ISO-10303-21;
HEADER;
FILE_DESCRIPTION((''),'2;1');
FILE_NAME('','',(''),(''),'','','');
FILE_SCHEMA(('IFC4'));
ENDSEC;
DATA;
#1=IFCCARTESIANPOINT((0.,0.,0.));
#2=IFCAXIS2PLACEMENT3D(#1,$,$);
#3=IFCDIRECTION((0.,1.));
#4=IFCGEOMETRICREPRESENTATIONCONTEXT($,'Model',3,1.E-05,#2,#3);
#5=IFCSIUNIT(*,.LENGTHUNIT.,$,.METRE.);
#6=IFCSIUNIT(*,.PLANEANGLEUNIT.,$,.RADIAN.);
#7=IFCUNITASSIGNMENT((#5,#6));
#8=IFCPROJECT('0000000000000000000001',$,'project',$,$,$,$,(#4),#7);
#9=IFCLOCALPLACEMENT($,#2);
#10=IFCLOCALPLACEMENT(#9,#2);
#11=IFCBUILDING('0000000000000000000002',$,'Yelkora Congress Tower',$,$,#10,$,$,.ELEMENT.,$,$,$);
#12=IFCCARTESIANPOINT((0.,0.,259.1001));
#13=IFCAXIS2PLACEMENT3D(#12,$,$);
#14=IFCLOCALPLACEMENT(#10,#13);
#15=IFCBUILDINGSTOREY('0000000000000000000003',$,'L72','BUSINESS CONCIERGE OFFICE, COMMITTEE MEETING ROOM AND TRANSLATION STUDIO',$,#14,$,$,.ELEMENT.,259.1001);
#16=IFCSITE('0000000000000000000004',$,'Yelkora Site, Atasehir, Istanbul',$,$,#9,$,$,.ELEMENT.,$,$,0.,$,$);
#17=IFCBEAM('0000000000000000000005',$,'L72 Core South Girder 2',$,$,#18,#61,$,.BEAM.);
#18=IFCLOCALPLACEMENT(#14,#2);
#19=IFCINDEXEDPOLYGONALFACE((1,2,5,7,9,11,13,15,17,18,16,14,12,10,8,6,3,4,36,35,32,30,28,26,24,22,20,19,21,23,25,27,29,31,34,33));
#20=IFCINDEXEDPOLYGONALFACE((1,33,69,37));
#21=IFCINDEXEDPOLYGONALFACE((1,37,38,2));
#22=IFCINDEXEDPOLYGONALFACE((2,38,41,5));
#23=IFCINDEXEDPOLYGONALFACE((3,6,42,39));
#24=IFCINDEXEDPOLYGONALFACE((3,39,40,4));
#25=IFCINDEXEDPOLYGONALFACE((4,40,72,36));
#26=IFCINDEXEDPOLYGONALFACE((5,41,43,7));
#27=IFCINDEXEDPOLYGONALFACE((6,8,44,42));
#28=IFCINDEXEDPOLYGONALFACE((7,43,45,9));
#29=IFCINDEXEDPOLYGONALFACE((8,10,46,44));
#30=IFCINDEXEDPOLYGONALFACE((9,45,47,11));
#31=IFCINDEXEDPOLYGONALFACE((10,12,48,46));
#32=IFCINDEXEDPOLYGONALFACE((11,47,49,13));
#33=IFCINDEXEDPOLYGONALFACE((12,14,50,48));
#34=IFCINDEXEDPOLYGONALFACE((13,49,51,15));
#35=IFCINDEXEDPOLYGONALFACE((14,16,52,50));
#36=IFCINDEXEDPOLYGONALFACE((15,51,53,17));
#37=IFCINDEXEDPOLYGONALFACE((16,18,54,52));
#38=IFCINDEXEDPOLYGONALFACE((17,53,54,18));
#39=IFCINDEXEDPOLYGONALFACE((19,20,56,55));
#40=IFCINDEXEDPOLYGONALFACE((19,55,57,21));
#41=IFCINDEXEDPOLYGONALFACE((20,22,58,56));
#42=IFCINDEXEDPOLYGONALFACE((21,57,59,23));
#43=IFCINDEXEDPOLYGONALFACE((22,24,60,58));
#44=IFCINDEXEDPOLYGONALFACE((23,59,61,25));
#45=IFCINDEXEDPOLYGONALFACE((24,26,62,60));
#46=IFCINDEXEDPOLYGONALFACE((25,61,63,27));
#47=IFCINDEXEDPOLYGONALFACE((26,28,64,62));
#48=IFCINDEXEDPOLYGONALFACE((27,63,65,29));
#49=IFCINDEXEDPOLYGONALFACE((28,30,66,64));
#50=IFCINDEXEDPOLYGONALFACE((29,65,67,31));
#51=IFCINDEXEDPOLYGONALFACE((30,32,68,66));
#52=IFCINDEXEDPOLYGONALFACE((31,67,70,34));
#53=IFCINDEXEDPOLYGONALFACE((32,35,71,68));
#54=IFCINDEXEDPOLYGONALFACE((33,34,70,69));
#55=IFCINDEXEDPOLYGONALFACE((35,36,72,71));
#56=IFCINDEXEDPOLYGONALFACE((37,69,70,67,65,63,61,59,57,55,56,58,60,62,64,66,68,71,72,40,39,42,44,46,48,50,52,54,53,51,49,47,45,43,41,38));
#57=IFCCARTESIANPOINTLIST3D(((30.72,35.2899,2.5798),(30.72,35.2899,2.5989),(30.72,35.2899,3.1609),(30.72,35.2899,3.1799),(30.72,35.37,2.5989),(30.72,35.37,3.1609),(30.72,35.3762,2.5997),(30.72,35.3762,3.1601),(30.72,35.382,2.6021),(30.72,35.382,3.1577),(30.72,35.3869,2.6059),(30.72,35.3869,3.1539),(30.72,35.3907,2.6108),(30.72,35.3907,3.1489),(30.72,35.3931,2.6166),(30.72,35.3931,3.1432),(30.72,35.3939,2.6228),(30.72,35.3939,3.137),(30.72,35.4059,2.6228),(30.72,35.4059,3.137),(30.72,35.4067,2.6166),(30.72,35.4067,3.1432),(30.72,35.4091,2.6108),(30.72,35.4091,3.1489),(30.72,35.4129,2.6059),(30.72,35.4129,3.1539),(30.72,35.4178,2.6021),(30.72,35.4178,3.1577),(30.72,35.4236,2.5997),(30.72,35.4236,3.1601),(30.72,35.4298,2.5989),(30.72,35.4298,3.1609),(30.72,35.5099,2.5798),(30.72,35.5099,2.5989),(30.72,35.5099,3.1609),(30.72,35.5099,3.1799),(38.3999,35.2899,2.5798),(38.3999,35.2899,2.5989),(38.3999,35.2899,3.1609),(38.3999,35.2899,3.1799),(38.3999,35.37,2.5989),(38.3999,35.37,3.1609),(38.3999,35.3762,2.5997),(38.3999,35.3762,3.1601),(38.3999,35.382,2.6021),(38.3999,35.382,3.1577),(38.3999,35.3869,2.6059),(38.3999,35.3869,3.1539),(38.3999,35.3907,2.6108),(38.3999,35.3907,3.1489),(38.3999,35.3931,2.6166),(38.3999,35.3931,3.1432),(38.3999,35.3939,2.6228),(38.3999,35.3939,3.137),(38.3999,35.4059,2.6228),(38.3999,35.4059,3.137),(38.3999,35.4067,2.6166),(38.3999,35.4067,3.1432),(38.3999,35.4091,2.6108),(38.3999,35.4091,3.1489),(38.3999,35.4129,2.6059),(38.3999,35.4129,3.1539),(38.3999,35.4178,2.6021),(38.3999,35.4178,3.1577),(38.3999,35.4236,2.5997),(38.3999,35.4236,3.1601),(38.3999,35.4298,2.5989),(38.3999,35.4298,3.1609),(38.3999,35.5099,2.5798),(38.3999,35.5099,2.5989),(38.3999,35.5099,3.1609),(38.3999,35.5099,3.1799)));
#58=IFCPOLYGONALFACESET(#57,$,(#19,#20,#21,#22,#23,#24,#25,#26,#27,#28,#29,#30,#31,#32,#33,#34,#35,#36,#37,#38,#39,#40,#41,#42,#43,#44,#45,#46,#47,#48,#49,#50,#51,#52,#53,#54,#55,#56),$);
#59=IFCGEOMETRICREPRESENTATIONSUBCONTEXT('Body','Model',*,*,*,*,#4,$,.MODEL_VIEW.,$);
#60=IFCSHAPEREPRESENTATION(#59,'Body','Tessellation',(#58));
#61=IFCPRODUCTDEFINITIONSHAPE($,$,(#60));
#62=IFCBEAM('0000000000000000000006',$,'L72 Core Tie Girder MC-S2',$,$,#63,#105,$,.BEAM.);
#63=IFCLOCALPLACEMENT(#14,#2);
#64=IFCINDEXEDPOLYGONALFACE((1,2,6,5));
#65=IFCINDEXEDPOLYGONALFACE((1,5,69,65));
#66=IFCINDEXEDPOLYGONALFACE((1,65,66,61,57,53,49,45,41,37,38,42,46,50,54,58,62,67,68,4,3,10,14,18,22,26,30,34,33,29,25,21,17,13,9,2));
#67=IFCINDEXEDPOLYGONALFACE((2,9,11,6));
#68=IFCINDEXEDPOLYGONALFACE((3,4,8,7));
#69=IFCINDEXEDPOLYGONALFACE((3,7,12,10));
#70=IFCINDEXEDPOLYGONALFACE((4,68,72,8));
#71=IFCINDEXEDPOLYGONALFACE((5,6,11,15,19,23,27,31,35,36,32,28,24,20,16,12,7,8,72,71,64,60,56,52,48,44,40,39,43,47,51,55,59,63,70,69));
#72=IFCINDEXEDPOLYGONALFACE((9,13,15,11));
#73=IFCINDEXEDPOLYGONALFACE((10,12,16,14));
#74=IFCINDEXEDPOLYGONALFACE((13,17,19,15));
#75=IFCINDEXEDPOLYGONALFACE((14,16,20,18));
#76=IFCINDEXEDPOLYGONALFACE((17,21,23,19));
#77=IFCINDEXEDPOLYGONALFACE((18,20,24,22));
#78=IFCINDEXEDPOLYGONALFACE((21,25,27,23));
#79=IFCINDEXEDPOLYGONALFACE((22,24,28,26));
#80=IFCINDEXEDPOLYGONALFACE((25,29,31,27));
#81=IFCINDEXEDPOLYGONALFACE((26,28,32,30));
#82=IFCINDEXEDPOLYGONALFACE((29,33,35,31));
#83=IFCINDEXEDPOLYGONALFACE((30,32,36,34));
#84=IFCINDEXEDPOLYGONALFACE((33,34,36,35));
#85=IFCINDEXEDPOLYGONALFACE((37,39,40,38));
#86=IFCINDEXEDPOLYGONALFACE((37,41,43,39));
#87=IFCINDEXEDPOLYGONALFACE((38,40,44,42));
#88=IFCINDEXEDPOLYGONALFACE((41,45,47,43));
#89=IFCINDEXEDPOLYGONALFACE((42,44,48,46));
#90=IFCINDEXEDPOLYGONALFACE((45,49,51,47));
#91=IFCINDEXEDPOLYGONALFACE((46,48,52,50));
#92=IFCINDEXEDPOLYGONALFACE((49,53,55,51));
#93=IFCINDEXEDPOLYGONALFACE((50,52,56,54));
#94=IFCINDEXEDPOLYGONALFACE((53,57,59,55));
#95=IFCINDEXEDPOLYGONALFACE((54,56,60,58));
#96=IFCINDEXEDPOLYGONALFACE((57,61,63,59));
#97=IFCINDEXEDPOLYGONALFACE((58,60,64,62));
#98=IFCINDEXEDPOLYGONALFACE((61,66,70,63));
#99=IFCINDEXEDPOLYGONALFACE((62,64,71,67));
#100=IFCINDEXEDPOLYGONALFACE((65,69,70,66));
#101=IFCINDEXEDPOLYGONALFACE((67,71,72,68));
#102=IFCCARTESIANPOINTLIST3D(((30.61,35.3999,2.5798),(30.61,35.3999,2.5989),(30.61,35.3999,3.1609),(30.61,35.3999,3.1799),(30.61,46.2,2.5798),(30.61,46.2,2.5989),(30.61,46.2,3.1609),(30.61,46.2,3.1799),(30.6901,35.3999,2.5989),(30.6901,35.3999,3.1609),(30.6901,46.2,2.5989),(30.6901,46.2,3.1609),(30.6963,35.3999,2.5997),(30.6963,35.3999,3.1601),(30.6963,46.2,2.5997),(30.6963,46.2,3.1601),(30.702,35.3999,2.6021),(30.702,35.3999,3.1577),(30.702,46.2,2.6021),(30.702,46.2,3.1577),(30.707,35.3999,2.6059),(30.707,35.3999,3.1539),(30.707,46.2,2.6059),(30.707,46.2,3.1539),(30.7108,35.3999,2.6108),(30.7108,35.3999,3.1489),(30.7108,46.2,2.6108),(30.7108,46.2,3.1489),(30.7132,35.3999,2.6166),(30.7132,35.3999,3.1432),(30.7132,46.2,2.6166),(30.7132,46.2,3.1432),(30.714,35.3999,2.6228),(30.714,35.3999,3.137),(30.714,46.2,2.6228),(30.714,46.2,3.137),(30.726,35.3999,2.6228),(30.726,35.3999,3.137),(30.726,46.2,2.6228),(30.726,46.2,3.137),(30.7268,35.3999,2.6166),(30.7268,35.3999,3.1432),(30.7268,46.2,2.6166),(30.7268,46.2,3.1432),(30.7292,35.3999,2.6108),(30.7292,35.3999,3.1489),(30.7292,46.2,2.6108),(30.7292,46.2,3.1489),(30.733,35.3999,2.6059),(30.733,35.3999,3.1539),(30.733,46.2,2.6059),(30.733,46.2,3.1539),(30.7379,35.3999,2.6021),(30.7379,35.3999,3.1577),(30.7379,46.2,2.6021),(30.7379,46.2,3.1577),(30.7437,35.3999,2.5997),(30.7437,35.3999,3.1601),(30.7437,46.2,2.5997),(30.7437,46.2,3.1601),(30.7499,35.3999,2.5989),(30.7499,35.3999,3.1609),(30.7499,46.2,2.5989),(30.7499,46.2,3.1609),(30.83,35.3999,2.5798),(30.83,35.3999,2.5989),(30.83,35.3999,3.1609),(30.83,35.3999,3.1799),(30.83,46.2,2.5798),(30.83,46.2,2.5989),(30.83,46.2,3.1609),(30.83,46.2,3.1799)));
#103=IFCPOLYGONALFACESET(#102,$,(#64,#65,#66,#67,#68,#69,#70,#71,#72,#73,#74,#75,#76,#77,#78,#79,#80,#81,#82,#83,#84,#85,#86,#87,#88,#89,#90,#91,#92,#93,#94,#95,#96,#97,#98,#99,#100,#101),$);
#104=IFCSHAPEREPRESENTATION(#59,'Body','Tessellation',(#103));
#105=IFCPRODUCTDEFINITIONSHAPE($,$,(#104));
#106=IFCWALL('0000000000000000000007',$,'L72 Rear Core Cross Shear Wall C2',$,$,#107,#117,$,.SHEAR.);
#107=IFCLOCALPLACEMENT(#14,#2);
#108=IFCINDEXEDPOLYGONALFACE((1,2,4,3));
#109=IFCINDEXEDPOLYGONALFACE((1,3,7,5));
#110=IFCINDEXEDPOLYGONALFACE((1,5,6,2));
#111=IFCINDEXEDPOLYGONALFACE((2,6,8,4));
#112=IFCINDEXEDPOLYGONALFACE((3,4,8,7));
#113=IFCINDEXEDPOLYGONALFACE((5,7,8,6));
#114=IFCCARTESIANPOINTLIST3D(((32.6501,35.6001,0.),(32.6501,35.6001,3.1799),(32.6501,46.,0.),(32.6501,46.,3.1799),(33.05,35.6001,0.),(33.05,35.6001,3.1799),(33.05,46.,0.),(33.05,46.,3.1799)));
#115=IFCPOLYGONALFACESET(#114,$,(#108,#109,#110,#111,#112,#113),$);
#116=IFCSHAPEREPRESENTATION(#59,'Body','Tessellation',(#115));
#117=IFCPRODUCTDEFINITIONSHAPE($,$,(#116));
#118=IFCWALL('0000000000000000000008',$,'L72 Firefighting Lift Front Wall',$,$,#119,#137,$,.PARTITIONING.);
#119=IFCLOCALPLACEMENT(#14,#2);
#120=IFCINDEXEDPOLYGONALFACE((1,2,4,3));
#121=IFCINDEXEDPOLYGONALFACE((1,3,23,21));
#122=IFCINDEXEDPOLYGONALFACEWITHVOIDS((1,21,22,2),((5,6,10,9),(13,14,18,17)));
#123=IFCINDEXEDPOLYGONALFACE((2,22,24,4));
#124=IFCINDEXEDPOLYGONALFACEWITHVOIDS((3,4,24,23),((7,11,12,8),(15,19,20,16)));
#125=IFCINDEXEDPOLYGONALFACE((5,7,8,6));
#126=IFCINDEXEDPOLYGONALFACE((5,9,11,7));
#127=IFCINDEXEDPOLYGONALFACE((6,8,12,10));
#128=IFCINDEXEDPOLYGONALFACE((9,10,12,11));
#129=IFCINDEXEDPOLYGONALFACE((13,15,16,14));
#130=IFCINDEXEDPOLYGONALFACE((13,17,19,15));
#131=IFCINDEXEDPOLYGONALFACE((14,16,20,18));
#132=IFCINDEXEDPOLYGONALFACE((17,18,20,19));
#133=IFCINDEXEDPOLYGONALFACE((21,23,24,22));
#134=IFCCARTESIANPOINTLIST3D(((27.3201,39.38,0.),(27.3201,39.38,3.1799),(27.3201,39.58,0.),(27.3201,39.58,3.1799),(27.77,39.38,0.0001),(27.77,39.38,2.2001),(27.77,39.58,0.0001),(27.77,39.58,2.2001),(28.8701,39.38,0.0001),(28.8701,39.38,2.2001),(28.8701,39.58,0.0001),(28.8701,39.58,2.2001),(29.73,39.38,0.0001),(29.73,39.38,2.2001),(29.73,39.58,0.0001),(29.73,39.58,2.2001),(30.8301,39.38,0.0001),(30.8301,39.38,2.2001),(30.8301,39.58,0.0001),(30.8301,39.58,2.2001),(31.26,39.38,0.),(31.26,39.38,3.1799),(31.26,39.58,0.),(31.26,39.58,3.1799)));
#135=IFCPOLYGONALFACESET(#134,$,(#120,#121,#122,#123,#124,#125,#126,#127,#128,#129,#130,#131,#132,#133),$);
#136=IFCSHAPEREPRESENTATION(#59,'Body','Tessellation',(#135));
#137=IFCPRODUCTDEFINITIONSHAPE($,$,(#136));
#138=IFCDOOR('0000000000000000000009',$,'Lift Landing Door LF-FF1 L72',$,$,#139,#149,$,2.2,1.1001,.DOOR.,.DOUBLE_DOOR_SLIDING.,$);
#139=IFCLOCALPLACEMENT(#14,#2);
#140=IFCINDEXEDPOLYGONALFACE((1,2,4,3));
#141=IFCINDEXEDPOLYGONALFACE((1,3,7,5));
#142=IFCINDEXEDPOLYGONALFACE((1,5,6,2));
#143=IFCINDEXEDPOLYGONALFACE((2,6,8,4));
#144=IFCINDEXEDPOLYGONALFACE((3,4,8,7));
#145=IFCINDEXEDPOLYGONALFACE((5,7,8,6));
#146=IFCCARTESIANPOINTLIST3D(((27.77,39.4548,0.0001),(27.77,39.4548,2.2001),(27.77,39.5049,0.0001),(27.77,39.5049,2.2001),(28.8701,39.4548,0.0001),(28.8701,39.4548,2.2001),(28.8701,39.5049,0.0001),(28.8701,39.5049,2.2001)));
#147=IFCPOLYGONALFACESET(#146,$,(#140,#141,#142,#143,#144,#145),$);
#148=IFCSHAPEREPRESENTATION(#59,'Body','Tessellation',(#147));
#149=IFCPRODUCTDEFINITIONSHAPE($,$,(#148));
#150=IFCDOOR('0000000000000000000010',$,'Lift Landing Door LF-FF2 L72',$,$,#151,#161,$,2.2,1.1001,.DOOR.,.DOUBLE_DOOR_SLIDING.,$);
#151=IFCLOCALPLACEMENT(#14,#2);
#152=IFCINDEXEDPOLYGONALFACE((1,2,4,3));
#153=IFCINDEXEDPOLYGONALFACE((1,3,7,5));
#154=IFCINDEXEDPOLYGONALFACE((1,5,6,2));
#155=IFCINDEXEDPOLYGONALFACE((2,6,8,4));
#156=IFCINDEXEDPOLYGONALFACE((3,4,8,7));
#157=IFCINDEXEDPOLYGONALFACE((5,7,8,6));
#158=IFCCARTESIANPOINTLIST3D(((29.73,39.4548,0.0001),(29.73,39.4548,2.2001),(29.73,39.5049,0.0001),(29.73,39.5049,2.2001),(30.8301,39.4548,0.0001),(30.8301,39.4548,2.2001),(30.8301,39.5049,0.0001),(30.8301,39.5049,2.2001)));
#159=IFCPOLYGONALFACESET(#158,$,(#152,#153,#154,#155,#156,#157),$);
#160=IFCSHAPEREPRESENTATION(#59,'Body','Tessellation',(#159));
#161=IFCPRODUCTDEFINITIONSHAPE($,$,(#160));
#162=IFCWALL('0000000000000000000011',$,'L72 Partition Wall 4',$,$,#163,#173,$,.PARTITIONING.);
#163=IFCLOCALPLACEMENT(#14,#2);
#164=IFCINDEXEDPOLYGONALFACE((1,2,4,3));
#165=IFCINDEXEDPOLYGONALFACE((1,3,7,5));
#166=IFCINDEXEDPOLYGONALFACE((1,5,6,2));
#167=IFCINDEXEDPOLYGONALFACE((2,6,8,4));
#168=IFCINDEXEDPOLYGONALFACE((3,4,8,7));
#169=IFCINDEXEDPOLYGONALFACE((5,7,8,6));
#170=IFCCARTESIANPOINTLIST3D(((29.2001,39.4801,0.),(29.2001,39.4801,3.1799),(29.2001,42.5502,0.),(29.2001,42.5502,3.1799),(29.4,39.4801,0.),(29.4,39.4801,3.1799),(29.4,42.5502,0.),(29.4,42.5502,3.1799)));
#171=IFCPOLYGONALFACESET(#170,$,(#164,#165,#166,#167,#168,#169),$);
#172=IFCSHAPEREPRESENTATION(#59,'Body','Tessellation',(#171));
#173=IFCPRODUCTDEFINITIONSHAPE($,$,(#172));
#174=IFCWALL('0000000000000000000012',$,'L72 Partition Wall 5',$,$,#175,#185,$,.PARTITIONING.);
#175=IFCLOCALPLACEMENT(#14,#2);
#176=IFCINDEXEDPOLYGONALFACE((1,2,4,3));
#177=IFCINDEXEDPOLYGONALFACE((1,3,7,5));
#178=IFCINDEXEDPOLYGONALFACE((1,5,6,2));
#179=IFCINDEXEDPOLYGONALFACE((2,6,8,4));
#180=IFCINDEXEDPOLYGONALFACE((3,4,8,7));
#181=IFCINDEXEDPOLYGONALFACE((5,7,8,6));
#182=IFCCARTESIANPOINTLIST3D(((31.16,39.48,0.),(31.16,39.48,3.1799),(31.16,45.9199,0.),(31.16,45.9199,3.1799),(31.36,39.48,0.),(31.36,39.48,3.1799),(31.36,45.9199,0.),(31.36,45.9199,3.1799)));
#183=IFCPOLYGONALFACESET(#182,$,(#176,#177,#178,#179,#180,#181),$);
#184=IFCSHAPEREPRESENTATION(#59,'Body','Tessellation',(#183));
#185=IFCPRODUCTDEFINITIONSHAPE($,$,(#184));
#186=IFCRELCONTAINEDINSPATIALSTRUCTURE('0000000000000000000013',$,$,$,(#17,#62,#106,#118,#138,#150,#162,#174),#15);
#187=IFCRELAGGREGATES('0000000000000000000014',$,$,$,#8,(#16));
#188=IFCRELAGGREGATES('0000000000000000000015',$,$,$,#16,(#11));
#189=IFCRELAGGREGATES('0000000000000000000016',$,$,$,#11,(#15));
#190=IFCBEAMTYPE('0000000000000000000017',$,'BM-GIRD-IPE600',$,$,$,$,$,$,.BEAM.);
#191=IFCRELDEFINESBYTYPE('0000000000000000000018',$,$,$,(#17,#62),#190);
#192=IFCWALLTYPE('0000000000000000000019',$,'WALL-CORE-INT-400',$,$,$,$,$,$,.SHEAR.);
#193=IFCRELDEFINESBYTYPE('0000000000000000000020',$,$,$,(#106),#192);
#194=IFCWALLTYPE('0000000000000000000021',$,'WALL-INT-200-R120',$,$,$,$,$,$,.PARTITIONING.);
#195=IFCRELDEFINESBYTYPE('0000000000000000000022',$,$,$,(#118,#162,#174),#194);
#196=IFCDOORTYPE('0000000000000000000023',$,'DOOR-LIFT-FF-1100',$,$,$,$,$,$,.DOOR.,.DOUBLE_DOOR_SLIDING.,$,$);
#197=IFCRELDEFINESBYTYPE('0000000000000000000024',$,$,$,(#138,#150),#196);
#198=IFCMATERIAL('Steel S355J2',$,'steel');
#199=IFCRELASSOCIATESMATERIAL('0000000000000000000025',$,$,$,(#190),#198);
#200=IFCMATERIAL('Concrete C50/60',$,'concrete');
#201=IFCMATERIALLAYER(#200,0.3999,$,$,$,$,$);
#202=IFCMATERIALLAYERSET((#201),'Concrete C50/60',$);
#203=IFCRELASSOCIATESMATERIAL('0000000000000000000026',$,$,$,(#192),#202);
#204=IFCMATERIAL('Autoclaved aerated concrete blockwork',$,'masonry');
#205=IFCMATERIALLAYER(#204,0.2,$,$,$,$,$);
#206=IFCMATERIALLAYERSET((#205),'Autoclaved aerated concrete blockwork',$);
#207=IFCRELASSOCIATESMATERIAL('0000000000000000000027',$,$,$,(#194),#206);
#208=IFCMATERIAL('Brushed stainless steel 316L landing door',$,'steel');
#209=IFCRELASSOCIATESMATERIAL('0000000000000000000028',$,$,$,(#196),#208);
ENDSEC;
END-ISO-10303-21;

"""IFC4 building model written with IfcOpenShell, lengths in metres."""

from ifc_helpers import new_model, si_unit, direction, frame, frame_2d, origin, origin_2d, place, context, subcontext, project, spatial, rectangle, i_section, extrude, material, layer, layer_set, material_profile, profile_set, type_object, element, fill, save


model = new_model("IFC4")

# Units and contexts
model_context = context("Model", 3, precision=1e-05, world=origin(), true_north=direction((0.0, 1.0)))
body_context = subcontext(model_context, "Body", "Model", "MODEL_VIEW")
ifc_project = project(units=[si_unit("LENGTHUNIT", "METRE"), si_unit("PLANEANGLEUNIT", "RADIAN")], contexts=[model_context])

# Site, building, storey
site_placement = place(None, origin())
site = spatial("IfcSite", under=ifc_project, at=site_placement, Name="Yelkora Site, Atasehir, Istanbul", CompositionType="ELEMENT", RefElevation=0.0)
building_placement = place(site_placement, origin())
building = spatial("IfcBuilding", under=site, at=building_placement, Name="Yelkora Congress Tower", CompositionType="ELEMENT")
storey_placement = place(building_placement, frame((0.0, 0.0, 259.1001)))
storey = spatial("IfcBuildingStorey", under=building, at=storey_placement, Name="L72", Description="BUSINESS CONCIERGE OFFICE, COMMITTEE MEETING ROOM AND TRANSLATION STUDIO", CompositionType="ELEMENT", Elevation=259.1001)

# Beams
ifc_material_1 = material(Name="Steel S355J2", Category="steel")
ifc_material_profile = material_profile(ifc_material_1, i_section(OverallWidth=0.22, OverallDepth=0.6001, WebThickness=0.012, FlangeThickness=0.019, FilletRadius=0.0239, at=origin_2d()), Name="IPE 600")
ifc_profile_set = profile_set([ifc_material_profile], Name="Steel S355J2")
beam_type = type_object("IfcBeamType", Name="BM-GIRD-IPE600", PredefinedType="BEAM", material=ifc_profile_set)
beam_1_placement = place(storey_placement, frame((30.72, 35.3999, 2.8799), z_axis=(1.0, 0.0, 0.0), x_axis=(0.0, 1.0, 0.0)))
element("IfcBeam", 1, at=beam_1_placement, inside=storey, type_object=beam_type, Name="L72 Core South Girder 2", PredefinedType="BEAM", context=body_context, shape_type="SweptSolid", body=[
    extrude(i_section(OverallWidth=0.22, OverallDepth=0.6001, WebThickness=0.012, FlangeThickness=0.019, FilletRadius=0.0239, at=origin_2d()), origin(), (0.0, 0.0, 1.0), 7.6799),
])
beam_2_placement = place(storey_placement, frame((30.72, 35.3999, 2.8799), z_axis=(0.0, 1.0, 0.0), x_axis=(-1.0, 0.0, 0.0)))
element("IfcBeam", 2, at=beam_2_placement, inside=storey, type_object=beam_type, Name="L72 Core Tie Girder MC-S2", PredefinedType="BEAM", context=body_context, shape_type="SweptSolid", body=[
    extrude(i_section(OverallWidth=0.22, OverallDepth=0.6001, WebThickness=0.012, FlangeThickness=0.019, FilletRadius=0.0239, at=origin_2d()), origin(), (0.0, 0.0, 1.0), 10.8),
])

# Shared definitions
ifc_material_2 = material(Name="Concrete C50/60", Category="concrete")
ifc_layer_1 = layer(ifc_material_2, 0.3999)
ifc_layer_set_1 = layer_set([ifc_layer_1], Name="Concrete C50/60")
wall_type_1 = type_object("IfcWallType", Name="WALL-CORE-INT-400", PredefinedType="SHEAR", material=ifc_layer_set_1)

# Wall
wall_1_placement = place(storey_placement, frame((32.8501, 35.6001, 0.0), z_axis=(0.0, 0.0, 1.0), x_axis=(0.0, 1.0, 0.0)))
element("IfcWall", 3, at=wall_1_placement, inside=storey, type_object=wall_type_1, Name="L72 Rear Core Cross Shear Wall C2", PredefinedType="SHEAR", context=body_context, shape_type="SweptSolid", body=[
    extrude(rectangle(XDim=10.3999, YDim=0.3999, at=frame_2d((5.2, 0.0))), origin(), (0.0, 0.0, 1.0), 3.1799),
])

# Shared definitions
ifc_material_3 = material(Name="Autoclaved aerated concrete blockwork", Category="masonry")
ifc_layer_2 = layer(ifc_material_3, 0.2)
ifc_layer_set_2 = layer_set([ifc_layer_2], Name="Autoclaved aerated concrete blockwork")
wall_type_2 = type_object("IfcWallType", Name="WALL-INT-200-R120", PredefinedType="PARTITIONING", material=ifc_layer_set_2)

# Wall, openings, doors
wall_2_placement = place(storey_placement, frame((27.3201, 39.48, 0.0), z_axis=(0.0, 0.0, 1.0), x_axis=(1.0, 0.0, 0.0)))
wall_2 = element("IfcWall", 4, at=wall_2_placement, inside=storey, type_object=wall_type_2, Name="L72 Firefighting Lift Front Wall", PredefinedType="PARTITIONING", context=body_context, shape_type="SweptSolid", body=[
    extrude(rectangle(XDim=3.9399, YDim=0.2, at=frame_2d((1.97, 0.0))), origin(), (0.0, 0.0, 1.0), 3.1799),
])
opening_1_placement = place(wall_2_placement, frame((0.45, 0.0, 0.0)))
opening_1 = element("IfcOpeningElement", 5, at=opening_1_placement, cuts=wall_2, PredefinedType="OPENING", context=body_context, shape_type="SweptSolid", body=[
    extrude(rectangle(XDim=1.1001, YDim=2.2, at=frame_2d((0.55, 1.1001))), frame((0.0, 0.1099, 0.0), z_axis=(0.0, -1.0, 0.0), x_axis=(1.0, 0.0, 0.0)), (0.0, 0.0, 1.0), 0.22),
])
opening_2_placement = place(wall_2_placement, frame((2.4099, 0.0, 0.0)))
opening_2 = element("IfcOpeningElement", 6, at=opening_2_placement, cuts=wall_2, PredefinedType="OPENING", context=body_context, shape_type="SweptSolid", body=[
    extrude(rectangle(XDim=1.1001, YDim=2.2, at=frame_2d((0.55, 1.1001))), frame((0.0, 0.1099, 0.0), z_axis=(0.0, -1.0, 0.0), x_axis=(1.0, 0.0, 0.0)), (0.0, 0.0, 1.0), 0.22),
])
ifc_material_4 = material(Name="Brushed stainless steel 316L landing door", Category="steel")
door_type_1 = type_object("IfcDoorType", Name="DOOR-LIFT-FF-1100", OperationType="DOUBLE_DOOR_SLIDING", PredefinedType="DOOR", material=ifc_material_4)
door_1_placement = place(opening_1_placement, origin())
door_1 = element("IfcDoor", 7, at=door_1_placement, inside=storey, type_object=door_type_1, Name="Lift Landing Door LF-FF1 L72", OperationType="DOUBLE_DOOR_SLIDING", OverallHeight=2.2, OverallWidth=1.1001, PredefinedType="DOOR", context=body_context, shape_type="SweptSolid", body=[
    extrude(rectangle(XDim=1.1001, YDim=2.2, at=frame_2d((0.55, 1.1001))), frame((0.0, 0.0249, 0.0), z_axis=(0.0, -1.0, 0.0), x_axis=(1.0, 0.0, 0.0)), (0.0, 0.0, 1.0), 0.05),
])
fill(opening_1, door_1)
door_2_placement = place(opening_2_placement, origin())
door_2 = element("IfcDoor", 8, at=door_2_placement, inside=storey, type_object=door_type_1, Name="Lift Landing Door LF-FF2 L72", OperationType="DOUBLE_DOOR_SLIDING", OverallHeight=2.2, OverallWidth=1.1001, PredefinedType="DOOR", context=body_context, shape_type="SweptSolid", body=[
    extrude(rectangle(XDim=1.1001, YDim=2.2, at=frame_2d((0.55, 1.1001))), frame((0.0, 0.0249, 0.0), z_axis=(0.0, -1.0, 0.0), x_axis=(1.0, 0.0, 0.0)), (0.0, 0.0, 1.0), 0.05),
])
fill(opening_2, door_2)

# Walls
wall_3_placement = place(storey_placement, frame((29.3, 39.48, 0.0), z_axis=(0.0, 0.0, 1.0), x_axis=(0.0, 1.0, 0.0)))
element("IfcWall", 9, at=wall_3_placement, inside=storey, type_object=wall_type_2, Name="L72 Partition Wall 4", PredefinedType="PARTITIONING", context=body_context, shape_type="SweptSolid", body=[
    extrude(rectangle(XDim=3.0701, YDim=0.2, at=frame_2d((1.5352, 0.0))), origin(), (0.0, 0.0, 1.0), 3.1799),
])
wall_4_placement = place(storey_placement, frame((31.26, 39.48, 0.0), z_axis=(0.0, 0.0, 1.0), x_axis=(0.0, 1.0, 0.0)))
element("IfcWall", 10, at=wall_4_placement, inside=storey, type_object=wall_type_2, Name="L72 Partition Wall 5", PredefinedType="PARTITIONING", context=body_context, shape_type="SweptSolid", body=[
    extrude(rectangle(XDim=6.4399, YDim=0.2, at=frame_2d((3.22, 0.0))), origin(), (0.0, 0.0, 1.0), 3.1799),
])

save(model, "model.ifc")
